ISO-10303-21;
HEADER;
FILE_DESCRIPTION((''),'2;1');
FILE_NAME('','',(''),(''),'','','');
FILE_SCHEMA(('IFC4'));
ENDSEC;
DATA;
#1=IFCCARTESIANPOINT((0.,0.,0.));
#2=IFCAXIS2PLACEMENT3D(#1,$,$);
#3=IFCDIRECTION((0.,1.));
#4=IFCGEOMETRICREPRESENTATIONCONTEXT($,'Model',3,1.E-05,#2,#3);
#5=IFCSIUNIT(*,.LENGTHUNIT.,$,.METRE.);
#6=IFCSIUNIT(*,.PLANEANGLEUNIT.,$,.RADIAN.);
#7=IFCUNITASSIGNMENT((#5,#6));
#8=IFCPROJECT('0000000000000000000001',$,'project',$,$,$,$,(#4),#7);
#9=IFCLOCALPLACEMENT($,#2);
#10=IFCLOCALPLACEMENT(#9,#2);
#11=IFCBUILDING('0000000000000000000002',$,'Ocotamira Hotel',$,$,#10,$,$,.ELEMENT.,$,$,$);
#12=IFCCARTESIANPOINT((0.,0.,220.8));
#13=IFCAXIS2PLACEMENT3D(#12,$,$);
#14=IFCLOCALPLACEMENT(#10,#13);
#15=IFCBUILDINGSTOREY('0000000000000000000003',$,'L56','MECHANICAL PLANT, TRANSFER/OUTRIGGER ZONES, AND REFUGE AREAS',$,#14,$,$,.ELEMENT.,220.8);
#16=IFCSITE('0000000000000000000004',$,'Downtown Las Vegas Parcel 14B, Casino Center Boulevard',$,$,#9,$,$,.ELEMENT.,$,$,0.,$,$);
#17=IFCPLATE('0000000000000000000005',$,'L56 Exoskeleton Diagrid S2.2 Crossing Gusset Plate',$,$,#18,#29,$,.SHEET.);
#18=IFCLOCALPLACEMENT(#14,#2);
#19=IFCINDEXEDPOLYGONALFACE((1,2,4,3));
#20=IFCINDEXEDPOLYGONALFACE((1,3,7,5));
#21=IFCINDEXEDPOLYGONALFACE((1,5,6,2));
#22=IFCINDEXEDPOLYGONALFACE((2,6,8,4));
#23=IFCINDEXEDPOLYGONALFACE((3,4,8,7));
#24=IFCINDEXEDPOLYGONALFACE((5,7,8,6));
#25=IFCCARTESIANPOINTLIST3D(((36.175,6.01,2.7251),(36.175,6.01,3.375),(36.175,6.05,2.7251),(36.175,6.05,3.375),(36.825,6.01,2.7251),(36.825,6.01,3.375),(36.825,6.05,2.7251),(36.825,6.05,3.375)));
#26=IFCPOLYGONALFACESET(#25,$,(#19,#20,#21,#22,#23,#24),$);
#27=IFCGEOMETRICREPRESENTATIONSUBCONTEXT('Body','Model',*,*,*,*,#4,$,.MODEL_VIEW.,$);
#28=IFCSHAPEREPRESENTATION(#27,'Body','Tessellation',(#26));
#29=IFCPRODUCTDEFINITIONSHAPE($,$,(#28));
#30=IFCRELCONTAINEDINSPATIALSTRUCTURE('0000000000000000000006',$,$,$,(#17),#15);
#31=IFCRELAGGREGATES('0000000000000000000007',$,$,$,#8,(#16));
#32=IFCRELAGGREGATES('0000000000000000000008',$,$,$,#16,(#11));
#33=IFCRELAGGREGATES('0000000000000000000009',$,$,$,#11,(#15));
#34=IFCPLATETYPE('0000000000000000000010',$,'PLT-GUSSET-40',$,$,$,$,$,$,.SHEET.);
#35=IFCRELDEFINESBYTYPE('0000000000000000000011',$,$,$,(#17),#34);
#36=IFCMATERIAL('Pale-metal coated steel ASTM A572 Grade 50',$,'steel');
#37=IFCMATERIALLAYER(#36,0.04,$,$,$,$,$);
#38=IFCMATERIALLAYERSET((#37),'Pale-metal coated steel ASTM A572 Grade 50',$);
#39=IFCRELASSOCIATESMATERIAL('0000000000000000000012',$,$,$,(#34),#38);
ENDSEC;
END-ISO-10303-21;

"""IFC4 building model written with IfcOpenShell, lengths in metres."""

from ifc_helpers import new_model, si_unit, direction, frame, origin, origin_2d, place, context, subcontext, project, spatial, rectangle, extrude, source, transform, mapped, material, layer, layer_set, type_object, element, save


model = new_model("IFC4")

# Units and contexts
model_context = context("Model", 3, precision=1e-05, world=origin(), true_north=direction((0.0, 1.0)))
body_context = subcontext(model_context, "Body", "Model", "MODEL_VIEW")
ifc_project = project(units=[si_unit("LENGTHUNIT", "METRE"), si_unit("PLANEANGLEUNIT", "RADIAN")], contexts=[model_context])

# Site, building, storey
site_placement = place(None, origin())
site = spatial("IfcSite", under=ifc_project, at=site_placement, Name="Downtown Las Vegas Parcel 14B, Casino Center Boulevard", CompositionType="ELEMENT", RefElevation=0.0)
building_placement = place(site_placement, origin())
building = spatial("IfcBuilding", under=site, at=building_placement, Name="Ocotamira Hotel", CompositionType="ELEMENT")
storey_placement = place(building_placement, frame((0.0, 0.0, 220.8)))
storey = spatial("IfcBuildingStorey", under=building, at=storey_placement, Name="L56", Description="MECHANICAL PLANT, TRANSFER/OUTRIGGER ZONES, AND REFUGE AREAS", CompositionType="ELEMENT", Elevation=220.8)

# Plate
ifc_material_1 = material(Name="Pale-metal coated steel ASTM A572 Grade 50", Category="steel")
ifc_layer = layer(ifc_material_1, 0.04)
ifc_layer_set = layer_set([ifc_layer], Name="Pale-metal coated steel ASTM A572 Grade 50")
plate_type = type_object("IfcPlateType", Name="PLT-GUSSET-40", PredefinedType="SHEET", material=ifc_layer_set)
shared_shape_1 = source(origin(), body_context, "Body", "SweptSolid", [
    extrude(rectangle(XDim=0.6499, YDim=0.04, at=origin_2d()), origin(), (0.0, 0.0, 1.0), 0.6499),
])
for number, where, z_axis, x_axis, name in (
    (1, (36.5, 6.03, 2.7251), (0.0, 0.0, 1.0), (-1.0, 0.0, 0.0), "L56 Exoskeleton Diagrid S2.2 Crossing Gusset Plate"),
):
    element("IfcPlate", number, at=place(storey_placement, frame(where, z_axis=z_axis, x_axis=x_axis)), inside=storey, type_object=plate_type, Name=name, PredefinedType="SHEET", context=body_context, shape_type="MappedRepresentation", body=[
        mapped(shared_shape_1, transform((0.0, 0.0, 0.0), scale=1.0)),
    ])

save(model, "model.ifc")
